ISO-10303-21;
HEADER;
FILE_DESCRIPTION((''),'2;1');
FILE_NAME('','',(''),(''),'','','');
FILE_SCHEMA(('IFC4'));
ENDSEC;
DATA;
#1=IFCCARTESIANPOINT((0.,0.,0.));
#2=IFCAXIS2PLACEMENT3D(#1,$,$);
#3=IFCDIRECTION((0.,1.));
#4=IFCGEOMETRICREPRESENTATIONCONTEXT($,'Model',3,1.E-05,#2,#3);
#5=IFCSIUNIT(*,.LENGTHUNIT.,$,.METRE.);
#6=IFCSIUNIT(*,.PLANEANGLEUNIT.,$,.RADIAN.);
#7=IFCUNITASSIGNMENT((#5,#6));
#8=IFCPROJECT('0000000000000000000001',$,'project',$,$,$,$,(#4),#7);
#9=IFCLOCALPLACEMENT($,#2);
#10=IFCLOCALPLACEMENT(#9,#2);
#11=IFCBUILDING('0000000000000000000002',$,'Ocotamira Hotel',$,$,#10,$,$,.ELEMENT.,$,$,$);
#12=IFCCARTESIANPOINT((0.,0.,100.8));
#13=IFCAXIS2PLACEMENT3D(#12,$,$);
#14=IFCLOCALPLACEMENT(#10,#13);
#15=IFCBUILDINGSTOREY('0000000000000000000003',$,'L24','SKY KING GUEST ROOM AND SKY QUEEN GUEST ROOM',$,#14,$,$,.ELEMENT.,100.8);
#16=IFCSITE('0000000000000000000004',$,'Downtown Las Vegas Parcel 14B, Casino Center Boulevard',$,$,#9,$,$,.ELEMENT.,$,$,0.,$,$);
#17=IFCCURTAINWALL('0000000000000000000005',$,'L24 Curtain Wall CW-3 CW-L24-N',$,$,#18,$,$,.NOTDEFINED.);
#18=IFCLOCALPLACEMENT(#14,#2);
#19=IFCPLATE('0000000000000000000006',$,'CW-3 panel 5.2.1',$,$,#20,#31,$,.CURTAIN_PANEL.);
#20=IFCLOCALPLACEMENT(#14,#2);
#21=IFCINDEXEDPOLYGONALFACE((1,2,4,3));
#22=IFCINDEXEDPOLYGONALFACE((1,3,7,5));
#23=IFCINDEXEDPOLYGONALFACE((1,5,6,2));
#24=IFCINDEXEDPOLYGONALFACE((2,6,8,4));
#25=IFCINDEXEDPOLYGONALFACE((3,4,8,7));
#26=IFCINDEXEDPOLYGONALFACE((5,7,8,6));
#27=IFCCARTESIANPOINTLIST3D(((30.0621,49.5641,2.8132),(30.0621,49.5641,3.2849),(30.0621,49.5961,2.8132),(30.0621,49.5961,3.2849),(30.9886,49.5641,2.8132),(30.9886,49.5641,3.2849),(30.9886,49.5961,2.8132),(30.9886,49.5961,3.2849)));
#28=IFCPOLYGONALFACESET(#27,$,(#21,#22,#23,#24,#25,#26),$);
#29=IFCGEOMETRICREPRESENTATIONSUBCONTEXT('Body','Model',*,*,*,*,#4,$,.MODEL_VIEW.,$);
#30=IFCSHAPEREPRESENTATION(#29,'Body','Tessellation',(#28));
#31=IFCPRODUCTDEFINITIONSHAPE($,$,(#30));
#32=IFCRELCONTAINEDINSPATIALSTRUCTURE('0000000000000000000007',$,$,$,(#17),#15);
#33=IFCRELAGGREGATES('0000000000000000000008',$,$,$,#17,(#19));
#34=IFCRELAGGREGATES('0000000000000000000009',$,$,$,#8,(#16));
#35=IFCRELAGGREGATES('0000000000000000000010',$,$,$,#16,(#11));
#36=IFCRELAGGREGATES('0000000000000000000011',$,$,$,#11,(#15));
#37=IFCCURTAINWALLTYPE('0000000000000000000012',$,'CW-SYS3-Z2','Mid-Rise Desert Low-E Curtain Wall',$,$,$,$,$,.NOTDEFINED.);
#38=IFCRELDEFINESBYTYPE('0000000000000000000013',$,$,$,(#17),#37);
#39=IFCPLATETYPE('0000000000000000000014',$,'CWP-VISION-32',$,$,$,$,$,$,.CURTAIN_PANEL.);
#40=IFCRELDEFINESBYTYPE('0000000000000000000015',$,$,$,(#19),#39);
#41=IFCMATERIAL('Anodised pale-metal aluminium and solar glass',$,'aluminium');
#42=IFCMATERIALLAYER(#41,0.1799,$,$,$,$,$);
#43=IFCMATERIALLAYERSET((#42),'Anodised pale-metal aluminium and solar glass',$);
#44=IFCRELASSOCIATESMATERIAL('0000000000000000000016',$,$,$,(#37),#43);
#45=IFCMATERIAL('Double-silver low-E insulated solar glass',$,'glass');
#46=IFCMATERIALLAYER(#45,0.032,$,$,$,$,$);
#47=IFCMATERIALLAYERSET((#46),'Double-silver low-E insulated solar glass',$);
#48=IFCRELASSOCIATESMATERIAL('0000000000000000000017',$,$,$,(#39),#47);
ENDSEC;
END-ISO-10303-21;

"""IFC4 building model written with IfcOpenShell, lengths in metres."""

from ifc_helpers import new_model, si_unit, direction, frame, origin, origin_2d, place, context, subcontext, project, spatial, rectangle, extrude, source, transform, mapped, material, layer, layer_set, type_object, element, aggregate, save


model = new_model("IFC4")

# Units and contexts
model_context = context("Model", 3, precision=1e-05, world=origin(), true_north=direction((0.0, 1.0)))
body_context = subcontext(model_context, "Body", "Model", "MODEL_VIEW")
ifc_project = project(units=[si_unit("LENGTHUNIT", "METRE"), si_unit("PLANEANGLEUNIT", "RADIAN")], contexts=[model_context])

# Site, building, storey
site_placement = place(None, origin())
site = spatial("IfcSite", under=ifc_project, at=site_placement, Name="Downtown Las Vegas Parcel 14B, Casino Center Boulevard", CompositionType="ELEMENT", RefElevation=0.0)
building_placement = place(site_placement, origin())
building = spatial("IfcBuilding", under=site, at=building_placement, Name="Ocotamira Hotel", CompositionType="ELEMENT")
storey_placement = place(building_placement, frame((0.0, 0.0, 100.8)))
storey = spatial("IfcBuildingStorey", under=building, at=storey_placement, Name="L24", Description="SKY KING GUEST ROOM AND SKY QUEEN GUEST ROOM", CompositionType="ELEMENT", Elevation=100.8)

# Curtain wall
ifc_material_1 = material(Name="Anodised pale-metal aluminium and solar glass", Category="aluminium")
ifc_layer_1 = layer(ifc_material_1, 0.1799)
ifc_layer_set_1 = layer_set([ifc_layer_1], Name="Anodised pale-metal aluminium and solar glass")
curtain_wall_type = type_object("IfcCurtainWallType", Name="CW-SYS3-Z2", Description="Mid-Rise Desert Low-E Curtain Wall", PredefinedType="NOTDEFINED", material=ifc_layer_set_1)
curtain_wall_placement = place(storey_placement, origin())
curtain_wall = element("IfcCurtainWall", 1, at=curtain_wall_placement, inside=storey, type_object=curtain_wall_type, Name="L24 Curtain Wall CW-3 CW-L24-N", PredefinedType="NOTDEFINED")

# Plate
ifc_material_2 = material(Name="Double-silver low-E insulated solar glass", Category="glass")
ifc_layer_2 = layer(ifc_material_2, 0.032)
ifc_layer_set_2 = layer_set([ifc_layer_2], Name="Double-silver low-E insulated solar glass")
plate_type_1 = type_object("IfcPlateType", Name="CWP-VISION-32", PredefinedType="CURTAIN_PANEL", material=ifc_layer_set_2)
shared_shape_1 = source(origin(), body_context, "Body", "SweptSolid", [
    extrude(rectangle(XDim=0.9265, YDim=0.032, at=origin_2d()), origin(), (0.0, 0.0, 1.0), 0.4717),
])
plate_1_placement = place(storey_placement, frame((30.5254, 49.5801, 2.8132), z_axis=(0.0, 0.0, 1.0), x_axis=(1.0, 0.0, 0.0)))
plate_1 = element("IfcPlate", 2, at=plate_1_placement, type_object=plate_type_1, Name="CW-3 panel 5.2.1", PredefinedType="CURTAIN_PANEL", context=body_context, shape_type="MappedRepresentation", body=[
    mapped(shared_shape_1, transform((0.0, 0.0, 0.0), scale=1.0)),
])
aggregate(curtain_wall, [plate_1])

save(model, "model.ifc")
